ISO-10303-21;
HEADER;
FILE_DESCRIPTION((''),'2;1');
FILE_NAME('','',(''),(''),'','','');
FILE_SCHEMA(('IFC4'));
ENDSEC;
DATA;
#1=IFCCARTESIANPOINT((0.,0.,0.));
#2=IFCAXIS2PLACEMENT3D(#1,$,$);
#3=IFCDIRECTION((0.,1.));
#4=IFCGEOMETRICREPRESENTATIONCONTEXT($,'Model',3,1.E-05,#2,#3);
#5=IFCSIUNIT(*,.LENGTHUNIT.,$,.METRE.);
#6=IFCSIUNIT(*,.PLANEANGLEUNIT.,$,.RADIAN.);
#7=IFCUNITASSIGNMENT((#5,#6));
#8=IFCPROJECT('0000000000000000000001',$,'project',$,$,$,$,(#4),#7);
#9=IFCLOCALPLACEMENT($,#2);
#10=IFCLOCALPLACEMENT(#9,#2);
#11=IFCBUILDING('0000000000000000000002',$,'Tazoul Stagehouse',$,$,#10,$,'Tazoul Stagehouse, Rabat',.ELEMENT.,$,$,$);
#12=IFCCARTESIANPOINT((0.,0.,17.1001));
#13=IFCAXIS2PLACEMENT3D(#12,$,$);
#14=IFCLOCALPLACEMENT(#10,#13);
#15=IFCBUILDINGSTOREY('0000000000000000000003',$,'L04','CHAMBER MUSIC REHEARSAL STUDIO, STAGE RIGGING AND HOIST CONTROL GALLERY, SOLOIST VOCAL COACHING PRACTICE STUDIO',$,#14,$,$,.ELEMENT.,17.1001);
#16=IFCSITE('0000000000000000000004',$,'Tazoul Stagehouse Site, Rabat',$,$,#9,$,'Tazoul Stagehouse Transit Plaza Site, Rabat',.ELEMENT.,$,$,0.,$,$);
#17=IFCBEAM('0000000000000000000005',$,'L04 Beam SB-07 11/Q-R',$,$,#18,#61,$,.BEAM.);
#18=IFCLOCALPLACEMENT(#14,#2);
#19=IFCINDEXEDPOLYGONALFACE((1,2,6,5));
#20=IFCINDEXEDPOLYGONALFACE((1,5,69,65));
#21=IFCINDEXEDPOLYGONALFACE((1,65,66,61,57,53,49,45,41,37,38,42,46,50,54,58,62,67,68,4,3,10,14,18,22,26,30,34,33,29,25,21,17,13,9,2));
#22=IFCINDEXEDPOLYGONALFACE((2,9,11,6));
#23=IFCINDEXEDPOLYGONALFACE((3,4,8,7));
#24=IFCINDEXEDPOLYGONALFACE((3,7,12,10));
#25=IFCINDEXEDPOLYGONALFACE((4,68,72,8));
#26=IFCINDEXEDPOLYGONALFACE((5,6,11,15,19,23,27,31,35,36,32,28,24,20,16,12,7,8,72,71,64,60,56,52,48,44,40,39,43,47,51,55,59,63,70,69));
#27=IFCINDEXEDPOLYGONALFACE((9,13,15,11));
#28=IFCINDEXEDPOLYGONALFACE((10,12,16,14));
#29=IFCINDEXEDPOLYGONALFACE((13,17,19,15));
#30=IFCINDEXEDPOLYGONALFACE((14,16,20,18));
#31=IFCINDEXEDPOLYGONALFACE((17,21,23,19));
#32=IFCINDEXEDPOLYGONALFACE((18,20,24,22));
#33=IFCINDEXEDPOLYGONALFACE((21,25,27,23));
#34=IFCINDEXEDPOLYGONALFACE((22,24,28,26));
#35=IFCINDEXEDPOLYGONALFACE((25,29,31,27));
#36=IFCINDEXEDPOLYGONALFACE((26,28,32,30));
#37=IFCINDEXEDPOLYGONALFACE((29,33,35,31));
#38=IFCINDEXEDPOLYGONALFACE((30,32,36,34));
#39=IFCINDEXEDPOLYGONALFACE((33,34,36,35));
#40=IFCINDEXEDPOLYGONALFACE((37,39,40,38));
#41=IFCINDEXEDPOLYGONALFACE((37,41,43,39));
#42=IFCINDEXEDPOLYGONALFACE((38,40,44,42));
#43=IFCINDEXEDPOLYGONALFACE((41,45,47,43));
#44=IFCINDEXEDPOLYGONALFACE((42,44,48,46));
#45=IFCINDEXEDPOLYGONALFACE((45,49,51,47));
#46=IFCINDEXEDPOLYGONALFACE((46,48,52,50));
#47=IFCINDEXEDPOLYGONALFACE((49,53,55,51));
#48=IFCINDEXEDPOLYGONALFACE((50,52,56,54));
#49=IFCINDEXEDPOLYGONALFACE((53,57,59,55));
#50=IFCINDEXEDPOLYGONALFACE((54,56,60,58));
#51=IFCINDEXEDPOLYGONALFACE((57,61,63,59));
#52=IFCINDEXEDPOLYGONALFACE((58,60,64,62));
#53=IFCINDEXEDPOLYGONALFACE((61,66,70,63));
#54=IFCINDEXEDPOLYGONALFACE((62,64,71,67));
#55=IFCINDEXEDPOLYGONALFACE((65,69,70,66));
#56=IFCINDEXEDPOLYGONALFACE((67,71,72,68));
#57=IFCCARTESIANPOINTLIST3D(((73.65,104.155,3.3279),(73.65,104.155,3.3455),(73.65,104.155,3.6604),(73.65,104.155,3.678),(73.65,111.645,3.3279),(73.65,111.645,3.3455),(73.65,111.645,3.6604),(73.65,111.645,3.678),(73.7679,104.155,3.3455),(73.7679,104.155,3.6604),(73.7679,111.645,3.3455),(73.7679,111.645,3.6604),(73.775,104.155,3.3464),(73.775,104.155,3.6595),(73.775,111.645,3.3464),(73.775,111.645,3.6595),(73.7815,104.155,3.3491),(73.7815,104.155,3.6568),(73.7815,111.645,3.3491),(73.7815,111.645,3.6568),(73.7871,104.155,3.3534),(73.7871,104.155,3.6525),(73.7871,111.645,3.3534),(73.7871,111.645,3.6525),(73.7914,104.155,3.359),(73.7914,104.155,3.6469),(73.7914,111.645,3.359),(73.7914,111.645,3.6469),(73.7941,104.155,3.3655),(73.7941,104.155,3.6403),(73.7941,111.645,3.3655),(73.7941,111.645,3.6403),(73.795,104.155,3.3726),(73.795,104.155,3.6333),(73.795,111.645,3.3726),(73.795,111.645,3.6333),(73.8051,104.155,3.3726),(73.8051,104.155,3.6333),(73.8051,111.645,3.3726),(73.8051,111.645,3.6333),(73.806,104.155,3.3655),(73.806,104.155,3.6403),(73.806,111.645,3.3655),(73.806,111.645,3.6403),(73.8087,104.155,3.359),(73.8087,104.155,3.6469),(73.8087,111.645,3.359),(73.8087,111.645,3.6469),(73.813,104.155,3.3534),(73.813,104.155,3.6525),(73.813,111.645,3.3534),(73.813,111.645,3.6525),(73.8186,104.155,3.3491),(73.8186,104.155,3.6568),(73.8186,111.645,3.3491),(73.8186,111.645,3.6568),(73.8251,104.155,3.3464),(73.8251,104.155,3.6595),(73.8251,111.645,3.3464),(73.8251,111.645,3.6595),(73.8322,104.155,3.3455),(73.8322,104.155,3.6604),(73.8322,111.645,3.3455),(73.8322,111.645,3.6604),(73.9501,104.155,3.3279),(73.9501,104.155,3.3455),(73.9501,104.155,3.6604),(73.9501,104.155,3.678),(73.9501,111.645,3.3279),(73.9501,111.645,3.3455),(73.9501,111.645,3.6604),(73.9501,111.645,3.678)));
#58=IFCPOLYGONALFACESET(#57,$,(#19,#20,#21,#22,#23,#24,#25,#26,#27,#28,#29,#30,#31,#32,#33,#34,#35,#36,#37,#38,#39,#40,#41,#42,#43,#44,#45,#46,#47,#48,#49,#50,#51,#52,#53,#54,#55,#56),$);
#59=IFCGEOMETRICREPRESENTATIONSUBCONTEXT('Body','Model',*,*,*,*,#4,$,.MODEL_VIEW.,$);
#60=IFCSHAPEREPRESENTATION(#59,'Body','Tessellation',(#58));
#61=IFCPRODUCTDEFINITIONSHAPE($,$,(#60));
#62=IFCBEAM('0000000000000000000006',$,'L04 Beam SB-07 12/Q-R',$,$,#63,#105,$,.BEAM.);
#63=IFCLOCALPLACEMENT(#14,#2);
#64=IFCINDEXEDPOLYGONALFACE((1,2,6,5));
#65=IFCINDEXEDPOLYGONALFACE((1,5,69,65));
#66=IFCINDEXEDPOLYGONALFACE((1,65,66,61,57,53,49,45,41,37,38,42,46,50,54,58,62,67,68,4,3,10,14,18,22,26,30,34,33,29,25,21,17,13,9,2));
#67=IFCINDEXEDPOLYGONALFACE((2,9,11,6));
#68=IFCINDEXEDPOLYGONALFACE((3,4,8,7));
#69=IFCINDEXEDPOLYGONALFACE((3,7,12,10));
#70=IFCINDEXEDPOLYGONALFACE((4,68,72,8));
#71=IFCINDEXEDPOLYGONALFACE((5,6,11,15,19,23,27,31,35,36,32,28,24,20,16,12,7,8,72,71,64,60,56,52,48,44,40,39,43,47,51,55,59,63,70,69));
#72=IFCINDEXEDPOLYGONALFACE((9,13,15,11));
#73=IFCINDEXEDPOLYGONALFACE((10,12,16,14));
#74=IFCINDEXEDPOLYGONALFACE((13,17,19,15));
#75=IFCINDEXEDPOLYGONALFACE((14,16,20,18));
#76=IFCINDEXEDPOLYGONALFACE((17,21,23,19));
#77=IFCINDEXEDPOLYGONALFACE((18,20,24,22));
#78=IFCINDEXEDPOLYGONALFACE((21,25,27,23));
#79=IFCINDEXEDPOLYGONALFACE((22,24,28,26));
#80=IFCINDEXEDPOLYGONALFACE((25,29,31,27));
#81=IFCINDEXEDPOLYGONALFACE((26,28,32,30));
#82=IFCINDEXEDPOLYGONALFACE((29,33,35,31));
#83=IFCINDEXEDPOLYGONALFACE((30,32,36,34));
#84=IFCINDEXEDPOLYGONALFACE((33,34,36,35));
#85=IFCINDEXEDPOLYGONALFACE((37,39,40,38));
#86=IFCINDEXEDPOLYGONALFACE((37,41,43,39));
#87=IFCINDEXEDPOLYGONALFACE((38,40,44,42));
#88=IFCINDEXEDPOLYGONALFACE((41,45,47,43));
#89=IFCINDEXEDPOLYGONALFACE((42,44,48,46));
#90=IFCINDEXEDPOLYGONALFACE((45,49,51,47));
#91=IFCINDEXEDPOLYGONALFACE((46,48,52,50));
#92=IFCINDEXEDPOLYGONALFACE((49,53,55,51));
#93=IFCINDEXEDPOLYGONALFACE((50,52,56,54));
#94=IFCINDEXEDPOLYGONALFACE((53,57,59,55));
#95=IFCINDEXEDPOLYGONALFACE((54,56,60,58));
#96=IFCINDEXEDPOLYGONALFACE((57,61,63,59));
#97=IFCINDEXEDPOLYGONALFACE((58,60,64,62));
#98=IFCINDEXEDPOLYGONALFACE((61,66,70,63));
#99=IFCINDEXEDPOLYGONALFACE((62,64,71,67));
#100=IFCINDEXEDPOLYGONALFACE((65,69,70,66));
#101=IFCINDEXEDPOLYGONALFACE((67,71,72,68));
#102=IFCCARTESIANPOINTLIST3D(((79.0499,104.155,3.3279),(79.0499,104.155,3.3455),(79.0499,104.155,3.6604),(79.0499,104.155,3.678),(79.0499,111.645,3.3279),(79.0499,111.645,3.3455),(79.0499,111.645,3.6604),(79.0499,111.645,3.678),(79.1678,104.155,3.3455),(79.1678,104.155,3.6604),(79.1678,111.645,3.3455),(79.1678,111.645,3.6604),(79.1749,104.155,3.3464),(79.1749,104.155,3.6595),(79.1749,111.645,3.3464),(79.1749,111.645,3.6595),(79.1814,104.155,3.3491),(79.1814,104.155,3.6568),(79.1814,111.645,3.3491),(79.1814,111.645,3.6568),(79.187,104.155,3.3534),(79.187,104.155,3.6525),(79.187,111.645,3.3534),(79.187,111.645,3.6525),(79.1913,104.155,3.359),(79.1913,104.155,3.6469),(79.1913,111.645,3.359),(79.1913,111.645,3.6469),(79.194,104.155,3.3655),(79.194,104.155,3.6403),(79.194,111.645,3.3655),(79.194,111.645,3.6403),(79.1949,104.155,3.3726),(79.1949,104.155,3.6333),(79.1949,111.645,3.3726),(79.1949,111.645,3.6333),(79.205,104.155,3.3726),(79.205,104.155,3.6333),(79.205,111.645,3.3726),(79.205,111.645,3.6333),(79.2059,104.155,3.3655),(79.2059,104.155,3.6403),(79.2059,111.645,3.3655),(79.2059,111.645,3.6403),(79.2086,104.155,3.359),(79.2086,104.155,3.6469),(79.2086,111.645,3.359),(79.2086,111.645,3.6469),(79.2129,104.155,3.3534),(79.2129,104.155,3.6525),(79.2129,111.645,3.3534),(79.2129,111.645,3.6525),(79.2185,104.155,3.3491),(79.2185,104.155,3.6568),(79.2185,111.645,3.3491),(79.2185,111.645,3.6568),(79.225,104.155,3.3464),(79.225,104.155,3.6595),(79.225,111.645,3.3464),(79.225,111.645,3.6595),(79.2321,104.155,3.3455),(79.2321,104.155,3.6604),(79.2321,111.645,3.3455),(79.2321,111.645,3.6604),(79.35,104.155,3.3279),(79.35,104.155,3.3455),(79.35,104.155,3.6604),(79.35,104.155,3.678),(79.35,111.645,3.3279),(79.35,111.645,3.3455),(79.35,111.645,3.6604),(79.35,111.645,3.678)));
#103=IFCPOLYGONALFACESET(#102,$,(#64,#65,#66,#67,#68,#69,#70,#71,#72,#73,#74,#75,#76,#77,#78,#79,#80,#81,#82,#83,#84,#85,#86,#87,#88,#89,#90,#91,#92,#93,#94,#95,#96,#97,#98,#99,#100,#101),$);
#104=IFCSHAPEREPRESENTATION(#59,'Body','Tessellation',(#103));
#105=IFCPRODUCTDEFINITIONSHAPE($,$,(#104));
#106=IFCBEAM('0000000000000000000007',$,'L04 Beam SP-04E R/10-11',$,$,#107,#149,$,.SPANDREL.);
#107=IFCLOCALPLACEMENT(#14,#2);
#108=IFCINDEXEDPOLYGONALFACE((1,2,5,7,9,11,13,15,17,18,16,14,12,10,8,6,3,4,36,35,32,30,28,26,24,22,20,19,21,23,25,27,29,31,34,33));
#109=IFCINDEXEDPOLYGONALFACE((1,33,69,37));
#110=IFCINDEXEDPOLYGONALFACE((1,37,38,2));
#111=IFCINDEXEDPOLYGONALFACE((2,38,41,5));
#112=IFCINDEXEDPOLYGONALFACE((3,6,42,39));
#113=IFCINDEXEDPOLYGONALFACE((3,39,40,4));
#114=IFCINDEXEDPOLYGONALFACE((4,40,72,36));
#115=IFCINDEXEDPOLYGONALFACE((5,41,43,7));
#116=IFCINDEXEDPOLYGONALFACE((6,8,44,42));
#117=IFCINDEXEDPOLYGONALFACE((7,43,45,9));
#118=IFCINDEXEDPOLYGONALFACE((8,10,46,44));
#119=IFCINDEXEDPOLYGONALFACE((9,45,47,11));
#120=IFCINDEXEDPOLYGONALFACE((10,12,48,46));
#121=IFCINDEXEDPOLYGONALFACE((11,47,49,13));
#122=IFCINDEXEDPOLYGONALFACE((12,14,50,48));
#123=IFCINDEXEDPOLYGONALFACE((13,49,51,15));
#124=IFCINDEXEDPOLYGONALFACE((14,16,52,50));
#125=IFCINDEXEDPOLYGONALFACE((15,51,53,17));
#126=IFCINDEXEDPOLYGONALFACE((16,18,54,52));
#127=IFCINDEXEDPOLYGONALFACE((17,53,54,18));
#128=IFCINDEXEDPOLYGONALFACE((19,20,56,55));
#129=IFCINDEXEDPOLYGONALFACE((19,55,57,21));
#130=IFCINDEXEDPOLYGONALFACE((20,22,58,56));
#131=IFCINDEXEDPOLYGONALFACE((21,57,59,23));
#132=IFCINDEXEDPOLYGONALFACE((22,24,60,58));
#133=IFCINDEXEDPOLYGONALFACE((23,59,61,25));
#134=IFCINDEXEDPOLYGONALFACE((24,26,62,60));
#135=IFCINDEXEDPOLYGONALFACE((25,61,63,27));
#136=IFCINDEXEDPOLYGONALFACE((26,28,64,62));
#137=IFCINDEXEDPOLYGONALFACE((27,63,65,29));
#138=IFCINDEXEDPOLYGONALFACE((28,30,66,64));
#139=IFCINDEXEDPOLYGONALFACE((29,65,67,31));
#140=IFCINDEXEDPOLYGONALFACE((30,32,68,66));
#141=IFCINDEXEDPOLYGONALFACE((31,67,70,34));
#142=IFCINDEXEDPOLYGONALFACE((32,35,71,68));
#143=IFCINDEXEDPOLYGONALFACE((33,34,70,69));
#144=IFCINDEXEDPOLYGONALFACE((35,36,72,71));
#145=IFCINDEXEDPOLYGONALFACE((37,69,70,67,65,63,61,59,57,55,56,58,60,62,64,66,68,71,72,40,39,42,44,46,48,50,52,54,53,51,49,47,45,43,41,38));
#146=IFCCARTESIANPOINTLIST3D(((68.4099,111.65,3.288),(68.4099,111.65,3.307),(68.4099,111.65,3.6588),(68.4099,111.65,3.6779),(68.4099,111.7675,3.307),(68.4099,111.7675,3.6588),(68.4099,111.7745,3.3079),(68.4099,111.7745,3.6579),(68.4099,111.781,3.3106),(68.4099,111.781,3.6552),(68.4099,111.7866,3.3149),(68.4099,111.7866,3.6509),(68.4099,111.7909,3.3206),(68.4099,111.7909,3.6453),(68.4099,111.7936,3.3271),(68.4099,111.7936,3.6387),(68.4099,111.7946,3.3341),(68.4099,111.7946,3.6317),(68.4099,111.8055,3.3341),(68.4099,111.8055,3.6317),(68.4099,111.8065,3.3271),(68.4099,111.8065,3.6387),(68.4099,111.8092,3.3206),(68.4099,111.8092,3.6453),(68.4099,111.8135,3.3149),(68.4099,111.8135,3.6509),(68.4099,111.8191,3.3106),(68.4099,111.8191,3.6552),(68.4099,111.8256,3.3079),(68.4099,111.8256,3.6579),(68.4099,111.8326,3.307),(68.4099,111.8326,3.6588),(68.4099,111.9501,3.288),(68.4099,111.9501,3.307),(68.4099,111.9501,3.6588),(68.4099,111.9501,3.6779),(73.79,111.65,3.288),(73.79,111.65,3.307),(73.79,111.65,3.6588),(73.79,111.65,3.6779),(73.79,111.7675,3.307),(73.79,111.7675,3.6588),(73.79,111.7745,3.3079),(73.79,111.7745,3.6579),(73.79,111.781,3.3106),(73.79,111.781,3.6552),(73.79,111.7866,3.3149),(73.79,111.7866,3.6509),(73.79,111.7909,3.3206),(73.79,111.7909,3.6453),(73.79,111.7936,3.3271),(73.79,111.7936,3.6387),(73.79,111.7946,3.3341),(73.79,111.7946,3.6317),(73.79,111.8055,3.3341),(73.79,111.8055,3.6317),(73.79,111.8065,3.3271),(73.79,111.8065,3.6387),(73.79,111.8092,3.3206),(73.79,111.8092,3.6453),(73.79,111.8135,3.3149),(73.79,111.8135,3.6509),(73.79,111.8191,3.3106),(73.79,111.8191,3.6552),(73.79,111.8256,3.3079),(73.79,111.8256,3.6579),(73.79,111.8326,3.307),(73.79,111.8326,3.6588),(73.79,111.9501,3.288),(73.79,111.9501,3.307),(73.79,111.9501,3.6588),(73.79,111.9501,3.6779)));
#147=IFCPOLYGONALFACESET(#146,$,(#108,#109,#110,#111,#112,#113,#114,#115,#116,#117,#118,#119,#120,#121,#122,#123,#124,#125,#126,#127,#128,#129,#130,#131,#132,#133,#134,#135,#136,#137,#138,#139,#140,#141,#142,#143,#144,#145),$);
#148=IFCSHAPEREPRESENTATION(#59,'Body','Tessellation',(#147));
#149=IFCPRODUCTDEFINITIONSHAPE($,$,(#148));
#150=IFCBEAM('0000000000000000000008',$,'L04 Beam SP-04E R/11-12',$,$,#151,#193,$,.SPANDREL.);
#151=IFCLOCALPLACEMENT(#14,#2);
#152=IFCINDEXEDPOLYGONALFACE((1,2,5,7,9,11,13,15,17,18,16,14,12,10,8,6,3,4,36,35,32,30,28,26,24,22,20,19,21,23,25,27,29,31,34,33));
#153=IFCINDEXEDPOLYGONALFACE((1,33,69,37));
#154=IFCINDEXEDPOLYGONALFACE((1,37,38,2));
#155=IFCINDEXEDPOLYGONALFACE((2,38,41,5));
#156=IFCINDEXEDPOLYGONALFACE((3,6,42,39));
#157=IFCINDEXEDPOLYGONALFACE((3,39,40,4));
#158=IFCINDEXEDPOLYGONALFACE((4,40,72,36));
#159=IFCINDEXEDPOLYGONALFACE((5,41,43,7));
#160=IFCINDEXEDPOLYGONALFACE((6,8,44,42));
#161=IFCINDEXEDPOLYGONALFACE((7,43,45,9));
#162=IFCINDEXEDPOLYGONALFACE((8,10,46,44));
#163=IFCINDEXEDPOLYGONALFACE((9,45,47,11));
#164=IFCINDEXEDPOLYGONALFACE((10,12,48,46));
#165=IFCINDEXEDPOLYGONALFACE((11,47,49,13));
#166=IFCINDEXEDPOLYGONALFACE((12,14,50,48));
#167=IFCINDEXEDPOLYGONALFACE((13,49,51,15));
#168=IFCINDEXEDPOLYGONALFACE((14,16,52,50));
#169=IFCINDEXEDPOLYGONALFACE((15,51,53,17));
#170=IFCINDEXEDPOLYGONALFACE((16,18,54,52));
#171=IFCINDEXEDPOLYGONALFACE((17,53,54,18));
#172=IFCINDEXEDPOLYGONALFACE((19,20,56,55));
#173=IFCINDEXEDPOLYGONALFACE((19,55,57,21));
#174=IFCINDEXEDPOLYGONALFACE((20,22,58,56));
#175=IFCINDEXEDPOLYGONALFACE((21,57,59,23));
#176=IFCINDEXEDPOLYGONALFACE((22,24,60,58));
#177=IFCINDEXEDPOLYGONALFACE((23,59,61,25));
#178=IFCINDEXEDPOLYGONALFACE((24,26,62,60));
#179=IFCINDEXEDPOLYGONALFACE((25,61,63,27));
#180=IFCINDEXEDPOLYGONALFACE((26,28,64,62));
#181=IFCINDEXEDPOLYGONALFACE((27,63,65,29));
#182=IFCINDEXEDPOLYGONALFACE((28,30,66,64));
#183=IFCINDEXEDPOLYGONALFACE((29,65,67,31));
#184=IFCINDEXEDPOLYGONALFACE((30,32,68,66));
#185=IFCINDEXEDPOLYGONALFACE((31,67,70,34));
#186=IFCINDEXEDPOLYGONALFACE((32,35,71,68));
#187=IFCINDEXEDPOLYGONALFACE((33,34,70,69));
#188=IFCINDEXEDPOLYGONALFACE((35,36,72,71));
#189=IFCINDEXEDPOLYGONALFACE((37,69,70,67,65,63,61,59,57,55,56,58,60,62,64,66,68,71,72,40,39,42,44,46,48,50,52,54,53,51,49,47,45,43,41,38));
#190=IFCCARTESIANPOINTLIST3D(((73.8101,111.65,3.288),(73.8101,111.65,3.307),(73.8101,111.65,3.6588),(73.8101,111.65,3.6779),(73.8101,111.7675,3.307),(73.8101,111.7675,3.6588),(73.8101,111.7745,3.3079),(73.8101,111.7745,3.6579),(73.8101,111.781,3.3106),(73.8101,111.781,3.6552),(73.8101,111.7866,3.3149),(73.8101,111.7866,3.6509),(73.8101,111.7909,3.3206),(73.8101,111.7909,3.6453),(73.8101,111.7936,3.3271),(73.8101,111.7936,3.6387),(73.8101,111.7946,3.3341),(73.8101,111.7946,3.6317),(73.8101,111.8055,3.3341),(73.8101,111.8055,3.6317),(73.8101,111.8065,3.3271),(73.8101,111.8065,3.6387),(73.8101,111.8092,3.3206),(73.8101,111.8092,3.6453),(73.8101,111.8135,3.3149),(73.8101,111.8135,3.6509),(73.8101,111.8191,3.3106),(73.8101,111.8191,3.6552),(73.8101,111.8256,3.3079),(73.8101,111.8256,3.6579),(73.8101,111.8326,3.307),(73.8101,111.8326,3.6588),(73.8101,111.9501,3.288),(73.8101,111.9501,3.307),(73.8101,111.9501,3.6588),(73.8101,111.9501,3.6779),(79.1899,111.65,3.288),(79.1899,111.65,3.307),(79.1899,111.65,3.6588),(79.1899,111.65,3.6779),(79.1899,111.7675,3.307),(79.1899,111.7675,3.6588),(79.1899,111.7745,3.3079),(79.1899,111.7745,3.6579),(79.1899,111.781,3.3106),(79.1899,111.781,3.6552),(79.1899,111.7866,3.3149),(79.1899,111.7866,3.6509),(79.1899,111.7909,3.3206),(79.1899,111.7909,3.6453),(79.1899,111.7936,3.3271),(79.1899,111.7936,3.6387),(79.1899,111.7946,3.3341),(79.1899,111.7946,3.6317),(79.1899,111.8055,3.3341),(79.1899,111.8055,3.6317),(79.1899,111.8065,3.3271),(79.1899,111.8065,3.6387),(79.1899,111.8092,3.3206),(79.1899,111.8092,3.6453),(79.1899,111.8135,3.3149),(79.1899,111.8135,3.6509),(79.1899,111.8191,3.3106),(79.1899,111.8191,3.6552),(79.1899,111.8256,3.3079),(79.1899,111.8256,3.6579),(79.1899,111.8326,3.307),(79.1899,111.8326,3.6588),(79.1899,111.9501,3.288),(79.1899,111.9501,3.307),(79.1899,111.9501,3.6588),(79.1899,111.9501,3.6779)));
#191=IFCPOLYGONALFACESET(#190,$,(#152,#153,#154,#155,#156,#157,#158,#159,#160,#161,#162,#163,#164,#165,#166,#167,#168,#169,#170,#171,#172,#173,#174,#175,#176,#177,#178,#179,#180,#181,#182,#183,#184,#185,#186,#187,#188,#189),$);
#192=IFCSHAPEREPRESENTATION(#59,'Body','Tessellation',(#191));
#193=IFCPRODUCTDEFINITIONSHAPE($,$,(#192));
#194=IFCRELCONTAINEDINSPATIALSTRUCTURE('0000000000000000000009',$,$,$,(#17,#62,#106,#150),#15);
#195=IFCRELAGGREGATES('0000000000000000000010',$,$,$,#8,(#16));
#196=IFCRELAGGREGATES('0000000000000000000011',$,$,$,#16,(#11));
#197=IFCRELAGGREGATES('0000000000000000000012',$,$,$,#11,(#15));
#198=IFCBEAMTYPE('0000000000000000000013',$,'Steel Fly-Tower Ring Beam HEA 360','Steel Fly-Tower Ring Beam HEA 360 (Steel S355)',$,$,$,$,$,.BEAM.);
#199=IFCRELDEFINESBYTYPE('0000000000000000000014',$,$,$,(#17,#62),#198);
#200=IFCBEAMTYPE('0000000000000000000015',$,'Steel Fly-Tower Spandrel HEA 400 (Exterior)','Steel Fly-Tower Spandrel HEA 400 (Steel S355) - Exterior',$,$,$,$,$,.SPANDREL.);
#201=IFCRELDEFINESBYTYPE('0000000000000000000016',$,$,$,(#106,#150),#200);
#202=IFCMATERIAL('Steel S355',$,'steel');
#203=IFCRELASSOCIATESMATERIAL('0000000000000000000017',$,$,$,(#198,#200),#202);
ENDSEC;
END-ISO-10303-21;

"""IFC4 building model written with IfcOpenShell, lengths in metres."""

from ifc_helpers import new_model, si_unit, direction, frame, origin, origin_2d, place, context, subcontext, project, spatial, i_section, extrude, material, material_profile, profile_set, type_object, element, save


model = new_model("IFC4")

# Units and contexts
model_context = context("Model", 3, precision=1e-05, world=origin(), true_north=direction((0.0, 1.0)))
body_context = subcontext(model_context, "Body", "Model", "MODEL_VIEW")
ifc_project = project(units=[si_unit("LENGTHUNIT", "METRE"), si_unit("PLANEANGLEUNIT", "RADIAN")], contexts=[model_context])

# Site, building, storey
site_placement = place(None, origin())
site = spatial("IfcSite", under=ifc_project, at=site_placement, Name="Tazoul Stagehouse Site, Rabat", LongName="Tazoul Stagehouse Transit Plaza Site, Rabat", CompositionType="ELEMENT", RefElevation=0.0)
building_placement = place(site_placement, origin())
building = spatial("IfcBuilding", under=site, at=building_placement, Name="Tazoul Stagehouse", LongName="Tazoul Stagehouse, Rabat", CompositionType="ELEMENT")
storey_placement = place(building_placement, frame((0.0, 0.0, 17.1001)))
storey = spatial("IfcBuildingStorey", under=building, at=storey_placement, Name="L04", Description="CHAMBER MUSIC REHEARSAL STUDIO, STAGE RIGGING AND HOIST CONTROL GALLERY, SOLOIST VOCAL COACHING PRACTICE STUDIO", CompositionType="ELEMENT", Elevation=17.1001)

# Shared definitions
ifc_material_1 = material(Name="Steel S355", Category="steel")

# Beams
ifc_material_profile_1 = material_profile(ifc_material_1, i_section(OverallWidth=0.3, OverallDepth=0.3501, WebThickness=0.01, FlangeThickness=0.0176, FilletRadius=0.0271, at=origin_2d()), Name="HEA 360")
ifc_profile_set_1 = profile_set([ifc_material_profile_1], Name="Steel S355")
beam_type_1 = type_object("IfcBeamType", Name="Steel Fly-Tower Ring Beam HEA 360", Description="Steel Fly-Tower Ring Beam HEA 360 (Steel S355)", PredefinedType="BEAM", material=ifc_profile_set_1)
for number, where, z_axis, x_axis, name in (
    (1, (73.8, 104.155, 3.5029), (0.0, 1.0, 0.0), (-1.0, 0.0, 0.0), "L04 Beam SB-07 11/Q-R"),
    (2, (79.2, 104.155, 3.5029), (0.0, 1.0, 0.0), (-1.0, 0.0, 0.0), "L04 Beam SB-07 12/Q-R"),
):
    element("IfcBeam", number, at=place(storey_placement, frame(where, z_axis=z_axis, x_axis=x_axis)), inside=storey, type_object=beam_type_1, Name=name, PredefinedType="BEAM", context=body_context, shape_type="SweptSolid", body=[
        extrude(i_section(OverallWidth=0.3, OverallDepth=0.3501, WebThickness=0.01, FlangeThickness=0.0176, FilletRadius=0.0271, at=origin_2d()), origin(), (0.0, 0.0, 1.0), 7.49),
    ])
ifc_material_profile_2 = material_profile(ifc_material_1, i_section(OverallWidth=0.3, OverallDepth=0.3899, WebThickness=0.011, FlangeThickness=0.019, FilletRadius=0.0271, at=origin_2d()), Name="HEA 400")
ifc_profile_set_2 = profile_set([ifc_material_profile_2], Name="Steel S355")
beam_type_2 = type_object("IfcBeamType", Name="Steel Fly-Tower Spandrel HEA 400 (Exterior)", Description="Steel Fly-Tower Spandrel HEA 400 (Steel S355) - Exterior", PredefinedType="SPANDREL", material=ifc_profile_set_2)
beam_1_placement = place(storey_placement, frame((68.4099, 111.8, 3.4829), z_axis=(1.0, 0.0, 0.0), x_axis=(0.0, 1.0, 0.0)))
element("IfcBeam", 3, at=beam_1_placement, inside=storey, type_object=beam_type_2, Name="L04 Beam SP-04E R/10-11", PredefinedType="SPANDREL", context=body_context, shape_type="SweptSolid", body=[
    extrude(i_section(OverallWidth=0.3, OverallDepth=0.3899, WebThickness=0.011, FlangeThickness=0.019, FilletRadius=0.0271, at=origin_2d()), origin(), (0.0, 0.0, 1.0), 5.3801),
])
beam_2_placement = place(storey_placement, frame((73.8101, 111.8, 3.4829), z_axis=(1.0, 0.0, 0.0), x_axis=(0.0, 1.0, 0.0)))
element("IfcBeam", 4, at=beam_2_placement, inside=storey, type_object=beam_type_2, Name="L04 Beam SP-04E R/11-12", PredefinedType="SPANDREL", context=body_context, shape_type="SweptSolid", body=[
    extrude(i_section(OverallWidth=0.3, OverallDepth=0.3899, WebThickness=0.011, FlangeThickness=0.019, FilletRadius=0.0271, at=origin_2d()), origin(), (0.0, 0.0, 1.0), 5.3799),
])

save(model, "model.ifc")
